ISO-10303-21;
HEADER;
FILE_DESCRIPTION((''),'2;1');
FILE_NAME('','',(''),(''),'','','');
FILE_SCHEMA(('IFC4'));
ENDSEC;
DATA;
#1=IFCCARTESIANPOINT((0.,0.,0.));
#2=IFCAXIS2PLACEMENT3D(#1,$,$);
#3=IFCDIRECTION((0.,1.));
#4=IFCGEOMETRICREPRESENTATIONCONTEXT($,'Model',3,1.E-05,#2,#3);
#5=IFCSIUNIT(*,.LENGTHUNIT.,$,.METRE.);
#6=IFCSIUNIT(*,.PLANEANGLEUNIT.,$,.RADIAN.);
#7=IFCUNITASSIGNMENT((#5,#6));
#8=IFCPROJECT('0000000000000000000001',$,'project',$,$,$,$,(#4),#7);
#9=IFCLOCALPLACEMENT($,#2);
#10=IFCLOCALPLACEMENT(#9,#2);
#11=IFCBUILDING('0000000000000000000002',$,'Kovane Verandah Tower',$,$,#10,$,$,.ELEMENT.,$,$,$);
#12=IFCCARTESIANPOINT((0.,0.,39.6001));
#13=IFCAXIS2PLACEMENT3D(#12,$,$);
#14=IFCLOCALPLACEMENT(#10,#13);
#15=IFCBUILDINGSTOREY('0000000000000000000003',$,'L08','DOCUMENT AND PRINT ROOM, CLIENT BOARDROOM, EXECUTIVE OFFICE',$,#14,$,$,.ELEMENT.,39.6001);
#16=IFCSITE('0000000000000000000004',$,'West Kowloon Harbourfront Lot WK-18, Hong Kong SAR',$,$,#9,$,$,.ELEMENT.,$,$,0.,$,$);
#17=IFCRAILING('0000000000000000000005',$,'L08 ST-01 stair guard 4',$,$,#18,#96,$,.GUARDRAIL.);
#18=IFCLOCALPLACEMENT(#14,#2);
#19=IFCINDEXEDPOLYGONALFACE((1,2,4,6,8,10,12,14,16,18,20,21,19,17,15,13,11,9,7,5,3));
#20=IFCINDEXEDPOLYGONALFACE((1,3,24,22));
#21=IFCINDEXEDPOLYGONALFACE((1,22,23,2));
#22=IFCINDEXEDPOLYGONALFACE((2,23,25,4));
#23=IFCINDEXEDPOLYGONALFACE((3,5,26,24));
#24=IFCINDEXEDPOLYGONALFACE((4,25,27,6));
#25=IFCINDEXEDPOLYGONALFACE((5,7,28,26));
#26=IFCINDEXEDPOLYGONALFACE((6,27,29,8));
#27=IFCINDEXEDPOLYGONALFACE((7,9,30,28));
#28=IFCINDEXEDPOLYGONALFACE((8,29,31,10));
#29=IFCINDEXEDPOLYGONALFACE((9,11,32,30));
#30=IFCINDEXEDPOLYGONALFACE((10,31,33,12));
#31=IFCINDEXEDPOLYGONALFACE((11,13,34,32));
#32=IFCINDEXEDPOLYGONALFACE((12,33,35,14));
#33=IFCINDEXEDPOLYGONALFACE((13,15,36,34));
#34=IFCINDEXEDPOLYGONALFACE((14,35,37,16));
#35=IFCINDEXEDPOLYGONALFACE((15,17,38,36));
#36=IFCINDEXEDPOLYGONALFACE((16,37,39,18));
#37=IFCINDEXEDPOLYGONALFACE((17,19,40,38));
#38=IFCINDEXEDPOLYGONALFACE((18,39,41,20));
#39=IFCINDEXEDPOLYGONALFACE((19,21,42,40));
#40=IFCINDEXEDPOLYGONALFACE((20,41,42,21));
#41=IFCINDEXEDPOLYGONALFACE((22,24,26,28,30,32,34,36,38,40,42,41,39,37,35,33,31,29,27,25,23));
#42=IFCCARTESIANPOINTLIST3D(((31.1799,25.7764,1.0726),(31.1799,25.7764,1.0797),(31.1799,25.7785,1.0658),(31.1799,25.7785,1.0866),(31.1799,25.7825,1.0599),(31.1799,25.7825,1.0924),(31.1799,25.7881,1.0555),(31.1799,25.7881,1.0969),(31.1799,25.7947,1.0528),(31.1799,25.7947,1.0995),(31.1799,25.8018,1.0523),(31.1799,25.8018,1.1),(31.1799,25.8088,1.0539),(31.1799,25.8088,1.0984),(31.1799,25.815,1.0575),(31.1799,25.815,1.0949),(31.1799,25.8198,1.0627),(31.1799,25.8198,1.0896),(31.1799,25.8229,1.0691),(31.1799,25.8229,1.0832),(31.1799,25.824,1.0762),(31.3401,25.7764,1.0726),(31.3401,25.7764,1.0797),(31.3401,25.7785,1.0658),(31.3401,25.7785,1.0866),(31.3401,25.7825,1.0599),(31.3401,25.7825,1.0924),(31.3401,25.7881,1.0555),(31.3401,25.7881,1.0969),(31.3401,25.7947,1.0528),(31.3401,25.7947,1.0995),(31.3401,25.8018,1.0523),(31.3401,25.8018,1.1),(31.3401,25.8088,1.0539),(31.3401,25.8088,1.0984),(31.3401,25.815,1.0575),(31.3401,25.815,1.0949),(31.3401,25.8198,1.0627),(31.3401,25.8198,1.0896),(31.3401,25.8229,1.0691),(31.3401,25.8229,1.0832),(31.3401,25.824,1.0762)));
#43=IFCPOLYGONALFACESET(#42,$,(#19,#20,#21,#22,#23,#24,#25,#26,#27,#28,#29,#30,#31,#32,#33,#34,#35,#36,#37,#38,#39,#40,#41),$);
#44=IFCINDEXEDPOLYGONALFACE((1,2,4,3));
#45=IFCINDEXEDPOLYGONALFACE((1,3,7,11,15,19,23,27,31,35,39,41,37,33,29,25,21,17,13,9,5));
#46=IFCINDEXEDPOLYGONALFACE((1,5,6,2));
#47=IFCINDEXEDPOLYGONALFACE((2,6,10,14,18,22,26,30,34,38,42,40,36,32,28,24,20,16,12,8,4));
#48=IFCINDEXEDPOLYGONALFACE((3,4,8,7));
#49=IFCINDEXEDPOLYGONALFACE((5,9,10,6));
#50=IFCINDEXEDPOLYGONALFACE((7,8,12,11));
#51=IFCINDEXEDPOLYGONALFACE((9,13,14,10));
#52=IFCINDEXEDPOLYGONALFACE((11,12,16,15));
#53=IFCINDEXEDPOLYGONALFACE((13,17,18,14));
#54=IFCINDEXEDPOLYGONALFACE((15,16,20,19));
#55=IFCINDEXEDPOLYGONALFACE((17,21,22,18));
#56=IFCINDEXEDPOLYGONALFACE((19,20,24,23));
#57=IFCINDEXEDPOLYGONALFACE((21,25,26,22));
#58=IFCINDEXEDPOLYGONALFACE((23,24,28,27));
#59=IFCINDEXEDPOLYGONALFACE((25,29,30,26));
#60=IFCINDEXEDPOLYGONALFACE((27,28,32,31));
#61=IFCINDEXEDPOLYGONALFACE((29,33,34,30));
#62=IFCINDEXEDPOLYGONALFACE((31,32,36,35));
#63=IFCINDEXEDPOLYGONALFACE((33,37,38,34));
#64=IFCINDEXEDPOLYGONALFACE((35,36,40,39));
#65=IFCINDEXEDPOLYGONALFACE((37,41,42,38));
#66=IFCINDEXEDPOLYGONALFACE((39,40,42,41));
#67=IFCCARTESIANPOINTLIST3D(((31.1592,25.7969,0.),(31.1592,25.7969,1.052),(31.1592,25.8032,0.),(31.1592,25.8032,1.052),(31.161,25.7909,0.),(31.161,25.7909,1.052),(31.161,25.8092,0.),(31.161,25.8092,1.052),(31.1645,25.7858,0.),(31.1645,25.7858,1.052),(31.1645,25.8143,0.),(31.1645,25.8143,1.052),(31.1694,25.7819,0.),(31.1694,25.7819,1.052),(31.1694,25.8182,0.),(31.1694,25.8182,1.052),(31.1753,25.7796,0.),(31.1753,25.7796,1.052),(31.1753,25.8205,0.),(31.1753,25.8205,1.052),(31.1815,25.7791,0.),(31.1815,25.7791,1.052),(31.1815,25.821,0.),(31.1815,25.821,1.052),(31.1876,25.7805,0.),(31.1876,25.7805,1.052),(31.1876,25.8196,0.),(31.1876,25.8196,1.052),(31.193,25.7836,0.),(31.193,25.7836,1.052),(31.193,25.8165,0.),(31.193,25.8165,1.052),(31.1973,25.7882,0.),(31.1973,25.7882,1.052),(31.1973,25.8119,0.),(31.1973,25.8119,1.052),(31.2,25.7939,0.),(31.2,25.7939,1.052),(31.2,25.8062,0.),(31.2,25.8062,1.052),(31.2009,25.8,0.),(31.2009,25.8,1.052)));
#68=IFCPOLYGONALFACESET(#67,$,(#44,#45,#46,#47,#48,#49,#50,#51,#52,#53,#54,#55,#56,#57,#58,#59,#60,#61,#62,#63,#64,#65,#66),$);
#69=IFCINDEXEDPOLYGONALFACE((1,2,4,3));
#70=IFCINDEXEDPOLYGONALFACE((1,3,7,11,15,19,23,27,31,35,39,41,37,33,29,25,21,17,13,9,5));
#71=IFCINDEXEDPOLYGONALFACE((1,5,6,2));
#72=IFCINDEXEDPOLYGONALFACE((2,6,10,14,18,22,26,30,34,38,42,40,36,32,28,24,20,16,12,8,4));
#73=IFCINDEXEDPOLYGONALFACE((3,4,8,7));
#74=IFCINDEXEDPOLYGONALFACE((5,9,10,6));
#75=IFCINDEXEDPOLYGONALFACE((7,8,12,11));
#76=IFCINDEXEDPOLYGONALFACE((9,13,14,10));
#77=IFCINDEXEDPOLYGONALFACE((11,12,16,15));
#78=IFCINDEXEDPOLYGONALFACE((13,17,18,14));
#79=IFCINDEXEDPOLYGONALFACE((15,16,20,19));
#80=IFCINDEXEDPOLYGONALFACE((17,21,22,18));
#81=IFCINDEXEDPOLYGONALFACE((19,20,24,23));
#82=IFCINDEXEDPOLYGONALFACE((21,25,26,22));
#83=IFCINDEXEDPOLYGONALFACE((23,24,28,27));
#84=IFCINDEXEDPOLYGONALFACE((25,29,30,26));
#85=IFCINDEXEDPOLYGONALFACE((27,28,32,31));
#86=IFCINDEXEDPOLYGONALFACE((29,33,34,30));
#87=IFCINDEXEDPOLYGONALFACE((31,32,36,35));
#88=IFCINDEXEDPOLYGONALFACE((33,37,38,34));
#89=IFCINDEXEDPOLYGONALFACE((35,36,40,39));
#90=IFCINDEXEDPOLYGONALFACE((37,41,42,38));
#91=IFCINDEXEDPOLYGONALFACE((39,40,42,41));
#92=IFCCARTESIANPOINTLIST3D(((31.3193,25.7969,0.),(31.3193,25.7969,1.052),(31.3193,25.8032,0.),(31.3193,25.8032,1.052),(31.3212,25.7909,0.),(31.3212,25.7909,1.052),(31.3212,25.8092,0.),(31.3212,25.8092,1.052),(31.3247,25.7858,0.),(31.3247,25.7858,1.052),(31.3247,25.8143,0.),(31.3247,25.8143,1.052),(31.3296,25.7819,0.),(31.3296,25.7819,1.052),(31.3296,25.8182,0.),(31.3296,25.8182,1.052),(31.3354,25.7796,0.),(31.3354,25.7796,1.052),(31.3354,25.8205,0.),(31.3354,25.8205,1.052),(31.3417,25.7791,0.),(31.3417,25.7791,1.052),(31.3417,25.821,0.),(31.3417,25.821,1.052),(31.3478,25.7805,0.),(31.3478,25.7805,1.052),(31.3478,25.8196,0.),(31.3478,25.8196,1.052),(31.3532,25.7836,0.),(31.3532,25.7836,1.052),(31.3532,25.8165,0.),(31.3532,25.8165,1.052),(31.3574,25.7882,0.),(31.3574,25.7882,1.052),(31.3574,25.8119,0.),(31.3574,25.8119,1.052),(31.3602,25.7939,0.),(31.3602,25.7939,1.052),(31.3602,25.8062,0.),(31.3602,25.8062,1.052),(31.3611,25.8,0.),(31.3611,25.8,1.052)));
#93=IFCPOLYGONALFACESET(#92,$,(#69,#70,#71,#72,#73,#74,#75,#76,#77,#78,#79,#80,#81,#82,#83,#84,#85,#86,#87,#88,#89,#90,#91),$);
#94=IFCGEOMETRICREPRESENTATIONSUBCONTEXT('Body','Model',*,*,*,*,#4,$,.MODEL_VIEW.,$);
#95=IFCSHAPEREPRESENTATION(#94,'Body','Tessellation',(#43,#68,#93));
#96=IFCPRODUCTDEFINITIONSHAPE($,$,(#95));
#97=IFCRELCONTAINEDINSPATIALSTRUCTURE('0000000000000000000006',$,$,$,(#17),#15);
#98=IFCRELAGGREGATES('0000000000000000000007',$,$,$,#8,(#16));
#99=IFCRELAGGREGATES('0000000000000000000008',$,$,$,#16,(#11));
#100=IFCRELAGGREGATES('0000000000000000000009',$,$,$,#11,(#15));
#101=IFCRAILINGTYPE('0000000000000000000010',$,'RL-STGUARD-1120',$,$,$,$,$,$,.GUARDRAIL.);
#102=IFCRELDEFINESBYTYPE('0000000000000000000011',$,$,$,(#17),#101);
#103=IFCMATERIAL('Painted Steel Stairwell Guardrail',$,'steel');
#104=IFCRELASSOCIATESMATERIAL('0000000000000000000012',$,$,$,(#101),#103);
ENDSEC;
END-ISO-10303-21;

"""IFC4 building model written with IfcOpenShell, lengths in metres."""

from ifc_helpers import new_model, si_unit, direction, frame, origin, origin_2d, place, context, subcontext, project, spatial, circle, extrude, material, type_object, element, save


model = new_model("IFC4")

# Units and contexts
model_context = context("Model", 3, precision=1e-05, world=origin(), true_north=direction((0.0, 1.0)))
body_context = subcontext(model_context, "Body", "Model", "MODEL_VIEW")
ifc_project = project(units=[si_unit("LENGTHUNIT", "METRE"), si_unit("PLANEANGLEUNIT", "RADIAN")], contexts=[model_context])

# Site, building, storey
site_placement = place(None, origin())
site = spatial("IfcSite", under=ifc_project, at=site_placement, Name="West Kowloon Harbourfront Lot WK-18, Hong Kong SAR", CompositionType="ELEMENT", RefElevation=0.0)
building_placement = place(site_placement, origin())
building = spatial("IfcBuilding", under=site, at=building_placement, Name="Kovane Verandah Tower", CompositionType="ELEMENT")
storey_placement = place(building_placement, frame((0.0, 0.0, 39.6001)))
storey = spatial("IfcBuildingStorey", under=building, at=storey_placement, Name="L08", Description="DOCUMENT AND PRINT ROOM, CLIENT BOARDROOM, EXECUTIVE OFFICE", CompositionType="ELEMENT", Elevation=39.6001)

# Railing
ifc_material_1 = material(Name="Painted Steel Stairwell Guardrail", Category="steel")
railing_type_1 = type_object("IfcRailingType", Name="RL-STGUARD-1120", PredefinedType="GUARDRAIL", material=ifc_material_1)
railing_1_placement = place(storey_placement, frame((31.1799, 25.8, 0.0)))
element("IfcRailing", 1, at=railing_1_placement, inside=storey, type_object=railing_type_1, Name="L08 ST-01 stair guard 4", PredefinedType="GUARDRAIL", context=body_context, shape_type="SweptSolid", body=[
    extrude(circle(Radius=0.0239, at=origin_2d()), frame((0.0, 0.0, 1.0762), z_axis=(1.0, 0.0, 0.0), x_axis=(0.0, 1.0, 0.0)), (0.0, 0.0, 1.0), 0.1602),
    extrude(circle(Radius=0.021, at=origin_2d()), origin(), (0.0, 0.0, 1.0), 1.052),
    extrude(circle(Radius=0.021, at=origin_2d()), frame((0.1602, 0.0, 0.0)), (0.0, 0.0, 1.0), 1.052),
])

save(model, "model.ifc")
